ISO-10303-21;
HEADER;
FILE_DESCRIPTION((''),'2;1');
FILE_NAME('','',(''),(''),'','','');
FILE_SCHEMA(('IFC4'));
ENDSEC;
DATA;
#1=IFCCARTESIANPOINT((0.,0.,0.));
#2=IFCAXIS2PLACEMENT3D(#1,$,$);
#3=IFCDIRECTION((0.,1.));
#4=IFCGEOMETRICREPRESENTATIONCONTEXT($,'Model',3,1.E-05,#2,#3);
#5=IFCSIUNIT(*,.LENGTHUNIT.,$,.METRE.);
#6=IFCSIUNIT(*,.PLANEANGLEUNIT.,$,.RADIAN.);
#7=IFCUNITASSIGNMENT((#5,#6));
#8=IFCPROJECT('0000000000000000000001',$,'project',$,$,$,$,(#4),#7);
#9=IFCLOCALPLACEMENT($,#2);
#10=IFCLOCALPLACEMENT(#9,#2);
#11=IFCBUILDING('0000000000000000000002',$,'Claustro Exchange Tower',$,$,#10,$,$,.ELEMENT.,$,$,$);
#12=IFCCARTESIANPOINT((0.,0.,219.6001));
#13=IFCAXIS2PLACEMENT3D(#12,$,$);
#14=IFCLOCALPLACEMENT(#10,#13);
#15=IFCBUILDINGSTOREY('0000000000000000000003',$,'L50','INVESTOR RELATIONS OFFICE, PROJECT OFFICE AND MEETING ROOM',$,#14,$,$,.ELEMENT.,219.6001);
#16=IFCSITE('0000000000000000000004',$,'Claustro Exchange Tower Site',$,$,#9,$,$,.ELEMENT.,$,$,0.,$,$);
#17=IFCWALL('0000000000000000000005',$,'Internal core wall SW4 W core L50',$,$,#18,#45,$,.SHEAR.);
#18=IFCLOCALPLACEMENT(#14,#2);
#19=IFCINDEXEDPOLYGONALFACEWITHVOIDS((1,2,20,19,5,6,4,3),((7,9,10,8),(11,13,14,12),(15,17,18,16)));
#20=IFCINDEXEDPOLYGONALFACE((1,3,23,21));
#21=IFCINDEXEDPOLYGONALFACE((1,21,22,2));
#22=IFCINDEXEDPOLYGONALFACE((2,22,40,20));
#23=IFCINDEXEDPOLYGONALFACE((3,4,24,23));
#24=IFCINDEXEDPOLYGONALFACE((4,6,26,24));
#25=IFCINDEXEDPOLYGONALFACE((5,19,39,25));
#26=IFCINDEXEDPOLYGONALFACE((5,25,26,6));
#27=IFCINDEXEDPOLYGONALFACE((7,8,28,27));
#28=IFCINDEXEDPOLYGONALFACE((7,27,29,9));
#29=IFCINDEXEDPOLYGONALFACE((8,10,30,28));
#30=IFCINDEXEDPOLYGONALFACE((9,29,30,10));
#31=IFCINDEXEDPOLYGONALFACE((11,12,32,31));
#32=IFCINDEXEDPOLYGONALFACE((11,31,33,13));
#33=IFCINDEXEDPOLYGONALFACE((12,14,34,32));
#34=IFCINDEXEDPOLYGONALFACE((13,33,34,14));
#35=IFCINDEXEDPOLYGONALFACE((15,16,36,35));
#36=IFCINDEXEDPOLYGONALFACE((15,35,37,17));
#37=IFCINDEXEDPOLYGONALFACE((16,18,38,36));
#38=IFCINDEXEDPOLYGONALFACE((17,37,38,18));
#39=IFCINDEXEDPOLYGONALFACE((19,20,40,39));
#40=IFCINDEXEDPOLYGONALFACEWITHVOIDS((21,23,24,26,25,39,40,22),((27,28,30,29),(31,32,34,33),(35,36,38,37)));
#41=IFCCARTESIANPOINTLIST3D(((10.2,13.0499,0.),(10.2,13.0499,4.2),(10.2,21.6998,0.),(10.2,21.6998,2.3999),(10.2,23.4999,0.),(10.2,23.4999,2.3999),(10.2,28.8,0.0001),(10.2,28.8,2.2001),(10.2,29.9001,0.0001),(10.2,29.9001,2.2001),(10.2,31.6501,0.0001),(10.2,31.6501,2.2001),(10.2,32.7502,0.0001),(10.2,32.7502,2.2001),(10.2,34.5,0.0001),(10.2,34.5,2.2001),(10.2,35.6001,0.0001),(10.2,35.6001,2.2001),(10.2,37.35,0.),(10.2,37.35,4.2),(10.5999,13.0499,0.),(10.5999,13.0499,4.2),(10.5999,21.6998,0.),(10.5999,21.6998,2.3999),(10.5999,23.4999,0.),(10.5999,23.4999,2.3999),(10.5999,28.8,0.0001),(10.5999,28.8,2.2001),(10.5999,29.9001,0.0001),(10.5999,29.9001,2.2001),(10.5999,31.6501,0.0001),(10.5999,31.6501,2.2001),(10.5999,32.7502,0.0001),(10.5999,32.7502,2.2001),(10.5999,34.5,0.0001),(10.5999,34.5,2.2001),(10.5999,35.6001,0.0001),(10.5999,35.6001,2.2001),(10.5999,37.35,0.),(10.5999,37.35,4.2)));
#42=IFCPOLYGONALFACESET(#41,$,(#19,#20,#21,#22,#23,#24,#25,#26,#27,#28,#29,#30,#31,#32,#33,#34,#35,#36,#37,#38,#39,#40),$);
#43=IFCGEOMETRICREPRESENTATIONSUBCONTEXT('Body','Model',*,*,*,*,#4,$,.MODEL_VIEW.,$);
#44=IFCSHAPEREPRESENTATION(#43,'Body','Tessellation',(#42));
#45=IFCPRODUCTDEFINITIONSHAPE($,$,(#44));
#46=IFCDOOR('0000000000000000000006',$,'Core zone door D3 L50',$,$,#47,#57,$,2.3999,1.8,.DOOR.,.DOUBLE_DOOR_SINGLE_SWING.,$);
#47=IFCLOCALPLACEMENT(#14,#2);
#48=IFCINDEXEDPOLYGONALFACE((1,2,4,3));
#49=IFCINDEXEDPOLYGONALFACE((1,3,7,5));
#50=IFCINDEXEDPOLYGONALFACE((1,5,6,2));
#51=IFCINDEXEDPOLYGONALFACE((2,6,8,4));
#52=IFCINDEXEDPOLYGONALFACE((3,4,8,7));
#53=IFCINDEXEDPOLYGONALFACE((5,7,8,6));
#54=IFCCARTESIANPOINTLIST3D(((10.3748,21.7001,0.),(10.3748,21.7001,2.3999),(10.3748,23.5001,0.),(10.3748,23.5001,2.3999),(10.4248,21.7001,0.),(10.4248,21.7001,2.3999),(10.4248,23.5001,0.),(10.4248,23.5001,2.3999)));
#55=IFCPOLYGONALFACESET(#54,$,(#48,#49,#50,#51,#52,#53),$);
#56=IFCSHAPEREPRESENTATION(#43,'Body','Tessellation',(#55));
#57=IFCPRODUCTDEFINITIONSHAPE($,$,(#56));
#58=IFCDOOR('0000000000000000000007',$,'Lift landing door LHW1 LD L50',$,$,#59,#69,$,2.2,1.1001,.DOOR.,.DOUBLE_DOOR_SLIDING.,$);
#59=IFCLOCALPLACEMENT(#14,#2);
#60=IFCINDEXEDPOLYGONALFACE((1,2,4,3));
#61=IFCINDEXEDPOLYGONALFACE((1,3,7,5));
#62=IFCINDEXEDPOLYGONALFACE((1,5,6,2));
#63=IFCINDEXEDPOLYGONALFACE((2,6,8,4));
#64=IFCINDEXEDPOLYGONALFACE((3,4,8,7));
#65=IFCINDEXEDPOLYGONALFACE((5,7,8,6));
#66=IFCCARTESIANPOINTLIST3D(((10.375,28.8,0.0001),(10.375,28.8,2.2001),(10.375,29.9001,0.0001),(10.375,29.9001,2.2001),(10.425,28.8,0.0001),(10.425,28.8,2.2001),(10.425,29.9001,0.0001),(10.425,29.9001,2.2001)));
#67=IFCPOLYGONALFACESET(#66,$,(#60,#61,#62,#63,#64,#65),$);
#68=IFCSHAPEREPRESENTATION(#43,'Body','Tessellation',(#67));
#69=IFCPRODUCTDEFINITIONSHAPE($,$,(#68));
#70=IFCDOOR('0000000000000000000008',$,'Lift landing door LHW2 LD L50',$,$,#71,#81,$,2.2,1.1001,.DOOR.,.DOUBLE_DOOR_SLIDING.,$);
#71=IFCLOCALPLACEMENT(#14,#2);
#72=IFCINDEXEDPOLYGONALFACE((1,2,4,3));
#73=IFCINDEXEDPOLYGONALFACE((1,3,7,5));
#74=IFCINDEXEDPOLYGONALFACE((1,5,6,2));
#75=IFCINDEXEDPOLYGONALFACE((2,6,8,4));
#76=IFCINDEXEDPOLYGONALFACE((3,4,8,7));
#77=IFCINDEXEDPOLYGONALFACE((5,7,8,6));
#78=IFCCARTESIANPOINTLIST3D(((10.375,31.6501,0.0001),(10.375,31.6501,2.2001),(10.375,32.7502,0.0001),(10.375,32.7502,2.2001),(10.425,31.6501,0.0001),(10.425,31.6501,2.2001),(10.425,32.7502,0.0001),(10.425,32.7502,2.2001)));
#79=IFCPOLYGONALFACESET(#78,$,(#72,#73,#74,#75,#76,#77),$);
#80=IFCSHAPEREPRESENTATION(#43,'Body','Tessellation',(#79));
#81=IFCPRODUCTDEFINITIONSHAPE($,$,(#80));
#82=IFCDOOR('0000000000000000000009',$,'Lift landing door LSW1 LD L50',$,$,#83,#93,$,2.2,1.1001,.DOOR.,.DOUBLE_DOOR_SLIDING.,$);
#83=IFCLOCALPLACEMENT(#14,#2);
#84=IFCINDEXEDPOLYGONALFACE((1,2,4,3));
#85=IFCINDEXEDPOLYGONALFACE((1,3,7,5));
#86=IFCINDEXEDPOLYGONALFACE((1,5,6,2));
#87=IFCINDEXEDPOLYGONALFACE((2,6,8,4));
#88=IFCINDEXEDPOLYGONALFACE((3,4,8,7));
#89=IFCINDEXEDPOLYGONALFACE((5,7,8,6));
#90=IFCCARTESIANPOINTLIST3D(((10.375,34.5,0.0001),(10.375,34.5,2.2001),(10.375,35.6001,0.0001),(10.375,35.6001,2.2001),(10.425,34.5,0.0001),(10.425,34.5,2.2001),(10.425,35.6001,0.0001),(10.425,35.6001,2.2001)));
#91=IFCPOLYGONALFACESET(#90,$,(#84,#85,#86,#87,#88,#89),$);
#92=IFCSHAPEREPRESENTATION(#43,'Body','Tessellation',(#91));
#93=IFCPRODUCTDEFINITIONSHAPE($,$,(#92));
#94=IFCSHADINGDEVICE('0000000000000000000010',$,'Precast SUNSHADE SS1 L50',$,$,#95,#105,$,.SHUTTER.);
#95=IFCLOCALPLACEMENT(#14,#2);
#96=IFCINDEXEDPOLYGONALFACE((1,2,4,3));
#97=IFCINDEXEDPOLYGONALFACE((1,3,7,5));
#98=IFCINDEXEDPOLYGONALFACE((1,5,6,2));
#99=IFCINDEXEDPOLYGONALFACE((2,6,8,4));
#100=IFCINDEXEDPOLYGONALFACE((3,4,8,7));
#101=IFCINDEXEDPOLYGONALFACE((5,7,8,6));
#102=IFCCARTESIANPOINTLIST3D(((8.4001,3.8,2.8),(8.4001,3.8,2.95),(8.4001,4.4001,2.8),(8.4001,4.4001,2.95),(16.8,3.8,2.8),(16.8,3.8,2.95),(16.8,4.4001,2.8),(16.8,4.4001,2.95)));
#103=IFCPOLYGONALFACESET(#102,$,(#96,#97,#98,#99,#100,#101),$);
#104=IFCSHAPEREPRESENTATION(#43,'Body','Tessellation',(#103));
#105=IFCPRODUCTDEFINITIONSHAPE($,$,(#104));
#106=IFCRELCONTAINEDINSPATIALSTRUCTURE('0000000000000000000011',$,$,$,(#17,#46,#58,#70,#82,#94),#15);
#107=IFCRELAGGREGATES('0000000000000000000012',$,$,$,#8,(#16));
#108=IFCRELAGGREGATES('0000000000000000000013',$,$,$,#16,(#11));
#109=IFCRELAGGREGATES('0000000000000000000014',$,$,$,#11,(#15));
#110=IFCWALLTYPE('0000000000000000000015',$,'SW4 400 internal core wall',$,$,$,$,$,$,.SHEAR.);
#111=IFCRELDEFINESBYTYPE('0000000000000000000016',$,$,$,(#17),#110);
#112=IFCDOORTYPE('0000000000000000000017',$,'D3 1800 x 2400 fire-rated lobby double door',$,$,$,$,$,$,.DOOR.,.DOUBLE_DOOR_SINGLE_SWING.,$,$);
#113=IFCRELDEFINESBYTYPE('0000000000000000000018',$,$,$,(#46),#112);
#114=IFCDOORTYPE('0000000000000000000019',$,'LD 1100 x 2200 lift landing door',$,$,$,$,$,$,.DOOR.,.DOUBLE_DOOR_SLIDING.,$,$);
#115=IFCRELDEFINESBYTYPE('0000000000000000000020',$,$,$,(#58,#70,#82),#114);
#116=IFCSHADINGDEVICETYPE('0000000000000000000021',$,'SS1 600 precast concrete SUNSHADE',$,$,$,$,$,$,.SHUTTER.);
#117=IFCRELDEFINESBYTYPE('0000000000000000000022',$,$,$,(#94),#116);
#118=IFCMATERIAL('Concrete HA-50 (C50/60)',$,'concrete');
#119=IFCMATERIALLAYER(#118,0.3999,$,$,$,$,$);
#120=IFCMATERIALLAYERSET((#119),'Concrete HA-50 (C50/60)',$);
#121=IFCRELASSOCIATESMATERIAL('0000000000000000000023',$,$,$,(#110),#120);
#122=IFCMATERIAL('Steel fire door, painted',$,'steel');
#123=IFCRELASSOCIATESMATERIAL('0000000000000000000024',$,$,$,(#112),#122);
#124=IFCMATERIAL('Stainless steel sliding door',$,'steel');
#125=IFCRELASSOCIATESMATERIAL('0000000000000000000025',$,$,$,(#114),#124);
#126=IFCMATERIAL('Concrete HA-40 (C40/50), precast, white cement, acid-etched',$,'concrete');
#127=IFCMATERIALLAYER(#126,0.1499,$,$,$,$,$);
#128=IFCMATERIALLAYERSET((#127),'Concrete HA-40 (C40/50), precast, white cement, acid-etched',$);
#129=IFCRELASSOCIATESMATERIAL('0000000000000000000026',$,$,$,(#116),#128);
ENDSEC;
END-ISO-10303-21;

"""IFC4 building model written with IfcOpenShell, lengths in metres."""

from ifc_helpers import new_model, si_unit, direction, frame, frame_2d, origin, origin_2d, place, context, subcontext, project, spatial, rectangle, extrude, material, layer, layer_set, type_object, element, fill, save


model = new_model("IFC4")

# Units and contexts
model_context = context("Model", 3, precision=1e-05, world=origin(), true_north=direction((0.0, 1.0)))
body_context = subcontext(model_context, "Body", "Model", "MODEL_VIEW")
ifc_project = project(units=[si_unit("LENGTHUNIT", "METRE"), si_unit("PLANEANGLEUNIT", "RADIAN")], contexts=[model_context])

# Site, building, storey
site_placement = place(None, origin())
site = spatial("IfcSite", under=ifc_project, at=site_placement, Name="Claustro Exchange Tower Site", CompositionType="ELEMENT", RefElevation=0.0)
building_placement = place(site_placement, origin())
building = spatial("IfcBuilding", under=site, at=building_placement, Name="Claustro Exchange Tower", CompositionType="ELEMENT")
storey_placement = place(building_placement, frame((0.0, 0.0, 219.6001)))
storey = spatial("IfcBuildingStorey", under=building, at=storey_placement, Name="L50", Description="INVESTOR RELATIONS OFFICE, PROJECT OFFICE AND MEETING ROOM", CompositionType="ELEMENT", Elevation=219.6001)

# Wall, openings, doors
ifc_material_1 = material(Name="Concrete HA-50 (C50/60)", Category="concrete")
ifc_layer_1 = layer(ifc_material_1, 0.3999)
ifc_layer_set_1 = layer_set([ifc_layer_1], Name="Concrete HA-50 (C50/60)")
wall_type_1 = type_object("IfcWallType", Name="SW4 400 internal core wall", PredefinedType="SHEAR", material=ifc_layer_set_1)
wall_1_placement = place(storey_placement, frame((10.3999, 13.05, 0.0), z_axis=(0.0, 0.0, 1.0), x_axis=(0.0, 1.0, 0.0)))
wall_1 = element("IfcWall", 1, at=wall_1_placement, inside=storey, type_object=wall_type_1, Name="Internal core wall SW4 W core L50", PredefinedType="SHEAR", context=body_context, shape_type="SweptSolid", body=[
    extrude(rectangle(XDim=24.3, YDim=0.3999, at=frame_2d((12.1499, 0.0))), origin(), (0.0, 0.0, 1.0), 4.2),
])
opening_1_placement = place(wall_1_placement, frame((15.75, 0.0, 0.0)))
opening_1 = element("IfcOpeningElement", 2, at=opening_1_placement, cuts=wall_1, PredefinedType="OPENING", context=body_context, shape_type="SweptSolid", body=[
    extrude(rectangle(XDim=1.1001, YDim=2.2, at=frame_2d((0.55, 1.1001))), frame((0.0, 0.21, 0.0), z_axis=(0.0, -1.0, 0.0), x_axis=(1.0, 0.0, 0.0)), (0.0, 0.0, 1.0), 0.4199),
])
opening_2_placement = place(wall_1_placement, frame((18.6001, 0.0, 0.0)))
opening_2 = element("IfcOpeningElement", 3, at=opening_2_placement, cuts=wall_1, PredefinedType="OPENING", context=body_context, shape_type="SweptSolid", body=[
    extrude(rectangle(XDim=1.1001, YDim=2.2, at=frame_2d((0.55, 1.1001))), frame((0.0, 0.21, 0.0), z_axis=(0.0, -1.0, 0.0), x_axis=(1.0, 0.0, 0.0)), (0.0, 0.0, 1.0), 0.4199),
])
opening_3_placement = place(wall_1_placement, frame((21.45, 0.0, 0.0)))
opening_3 = element("IfcOpeningElement", 4, at=opening_3_placement, cuts=wall_1, PredefinedType="OPENING", context=body_context, shape_type="SweptSolid", body=[
    extrude(rectangle(XDim=1.1001, YDim=2.2, at=frame_2d((0.55, 1.1001))), frame((0.0, 0.21, 0.0), z_axis=(0.0, -1.0, 0.0), x_axis=(1.0, 0.0, 0.0)), (0.0, 0.0, 1.0), 0.4199),
])
opening_4_placement = place(wall_1_placement, frame((8.6499, 0.0, 0.0)))
opening_4 = element("IfcOpeningElement", 5, at=opening_4_placement, cuts=wall_1, PredefinedType="OPENING", context=body_context, shape_type="SweptSolid", body=[
    extrude(rectangle(XDim=1.8, YDim=2.3999, at=frame_2d((0.8999, 1.2))), frame((0.0, 0.21, 0.0), z_axis=(0.0, -1.0, 0.0), x_axis=(1.0, 0.0, 0.0)), (0.0, 0.0, 1.0), 0.4199),
])
ifc_material_2 = material(Name="Steel fire door, painted", Category="steel")
door_type_1 = type_object("IfcDoorType", Name="D3 1800 x 2400 fire-rated lobby double door", OperationType="DOUBLE_DOOR_SINGLE_SWING", PredefinedType="DOOR", material=ifc_material_2)
door_1_placement = place(opening_4_placement, frame((1.8, 0.0, 0.0), z_axis=(0.0, 0.0, 1.0), x_axis=(-1.0, 0.0, 0.0)))
door_1 = element("IfcDoor", 6, at=door_1_placement, inside=storey, type_object=door_type_1, Name="Core zone door D3 L50", OperationType="DOUBLE_DOOR_SINGLE_SWING", OverallHeight=2.3999, OverallWidth=1.8, PredefinedType="DOOR", context=body_context, shape_type="SweptSolid", body=[
    extrude(rectangle(XDim=1.8, YDim=2.3999, at=frame_2d((0.8999, 1.2))), frame((0.0, 0.0249, 0.0), z_axis=(0.0, -1.0, 0.0), x_axis=(1.0, 0.0, 0.0)), (0.0, 0.0, 1.0), 0.05),
])
fill(opening_4, door_1)
ifc_material_3 = material(Name="Stainless steel sliding door", Category="steel")
door_type_2 = type_object("IfcDoorType", Name="LD 1100 x 2200 lift landing door", OperationType="DOUBLE_DOOR_SLIDING", PredefinedType="DOOR", material=ifc_material_3)
door_2_placement = place(opening_1_placement, origin())
door_2 = element("IfcDoor", 7, at=door_2_placement, inside=storey, type_object=door_type_2, Name="Lift landing door LHW1 LD L50", OperationType="DOUBLE_DOOR_SLIDING", OverallHeight=2.2, OverallWidth=1.1001, PredefinedType="DOOR", context=body_context, shape_type="SweptSolid", body=[
    extrude(rectangle(XDim=1.1001, YDim=2.2, at=frame_2d((0.55, 1.1001))), frame((0.0, 0.0249, 0.0), z_axis=(0.0, -1.0, 0.0), x_axis=(1.0, 0.0, 0.0)), (0.0, 0.0, 1.0), 0.05),
])
fill(opening_1, door_2)
door_3_placement = place(opening_2_placement, origin())
door_3 = element("IfcDoor", 8, at=door_3_placement, inside=storey, type_object=door_type_2, Name="Lift landing door LHW2 LD L50", OperationType="DOUBLE_DOOR_SLIDING", OverallHeight=2.2, OverallWidth=1.1001, PredefinedType="DOOR", context=body_context, shape_type="SweptSolid", body=[
    extrude(rectangle(XDim=1.1001, YDim=2.2, at=frame_2d((0.55, 1.1001))), frame((0.0, 0.0249, 0.0), z_axis=(0.0, -1.0, 0.0), x_axis=(1.0, 0.0, 0.0)), (0.0, 0.0, 1.0), 0.05),
])
fill(opening_2, door_3)
door_4_placement = place(opening_3_placement, origin())
door_4 = element("IfcDoor", 9, at=door_4_placement, inside=storey, type_object=door_type_2, Name="Lift landing door LSW1 LD L50", OperationType="DOUBLE_DOOR_SLIDING", OverallHeight=2.2, OverallWidth=1.1001, PredefinedType="DOOR", context=body_context, shape_type="SweptSolid", body=[
    extrude(rectangle(XDim=1.1001, YDim=2.2, at=frame_2d((0.55, 1.1001))), frame((0.0, 0.0249, 0.0), z_axis=(0.0, -1.0, 0.0), x_axis=(1.0, 0.0, 0.0)), (0.0, 0.0, 1.0), 0.05),
])
fill(opening_3, door_4)

# Shading device
ifc_material_4 = material(Name="Concrete HA-40 (C40/50), precast, white cement, acid-etched", Category="concrete")
ifc_layer_2 = layer(ifc_material_4, 0.1499)
ifc_layer_set_2 = layer_set([ifc_layer_2], Name="Concrete HA-40 (C40/50), precast, white cement, acid-etched")
shading_device_type = type_object("IfcShadingDeviceType", Name="SS1 600 precast concrete SUNSHADE", PredefinedType="SHUTTER", material=ifc_layer_set_2)
shading_device_placement = place(storey_placement, frame((12.6001, 4.1001, 2.8), z_axis=(0.0, 0.0, 1.0), x_axis=(-1.0, 0.0, 0.0)))
element("IfcShadingDevice", 10, at=shading_device_placement, inside=storey, type_object=shading_device_type, Name="Precast SUNSHADE SS1 L50", PredefinedType="SHUTTER", context=body_context, shape_type="SweptSolid", body=[
    extrude(rectangle(XDim=8.3999, YDim=0.6001, at=origin_2d()), origin(), (0.0, 0.0, 1.0), 0.1499),
])

save(model, "model.ifc")
